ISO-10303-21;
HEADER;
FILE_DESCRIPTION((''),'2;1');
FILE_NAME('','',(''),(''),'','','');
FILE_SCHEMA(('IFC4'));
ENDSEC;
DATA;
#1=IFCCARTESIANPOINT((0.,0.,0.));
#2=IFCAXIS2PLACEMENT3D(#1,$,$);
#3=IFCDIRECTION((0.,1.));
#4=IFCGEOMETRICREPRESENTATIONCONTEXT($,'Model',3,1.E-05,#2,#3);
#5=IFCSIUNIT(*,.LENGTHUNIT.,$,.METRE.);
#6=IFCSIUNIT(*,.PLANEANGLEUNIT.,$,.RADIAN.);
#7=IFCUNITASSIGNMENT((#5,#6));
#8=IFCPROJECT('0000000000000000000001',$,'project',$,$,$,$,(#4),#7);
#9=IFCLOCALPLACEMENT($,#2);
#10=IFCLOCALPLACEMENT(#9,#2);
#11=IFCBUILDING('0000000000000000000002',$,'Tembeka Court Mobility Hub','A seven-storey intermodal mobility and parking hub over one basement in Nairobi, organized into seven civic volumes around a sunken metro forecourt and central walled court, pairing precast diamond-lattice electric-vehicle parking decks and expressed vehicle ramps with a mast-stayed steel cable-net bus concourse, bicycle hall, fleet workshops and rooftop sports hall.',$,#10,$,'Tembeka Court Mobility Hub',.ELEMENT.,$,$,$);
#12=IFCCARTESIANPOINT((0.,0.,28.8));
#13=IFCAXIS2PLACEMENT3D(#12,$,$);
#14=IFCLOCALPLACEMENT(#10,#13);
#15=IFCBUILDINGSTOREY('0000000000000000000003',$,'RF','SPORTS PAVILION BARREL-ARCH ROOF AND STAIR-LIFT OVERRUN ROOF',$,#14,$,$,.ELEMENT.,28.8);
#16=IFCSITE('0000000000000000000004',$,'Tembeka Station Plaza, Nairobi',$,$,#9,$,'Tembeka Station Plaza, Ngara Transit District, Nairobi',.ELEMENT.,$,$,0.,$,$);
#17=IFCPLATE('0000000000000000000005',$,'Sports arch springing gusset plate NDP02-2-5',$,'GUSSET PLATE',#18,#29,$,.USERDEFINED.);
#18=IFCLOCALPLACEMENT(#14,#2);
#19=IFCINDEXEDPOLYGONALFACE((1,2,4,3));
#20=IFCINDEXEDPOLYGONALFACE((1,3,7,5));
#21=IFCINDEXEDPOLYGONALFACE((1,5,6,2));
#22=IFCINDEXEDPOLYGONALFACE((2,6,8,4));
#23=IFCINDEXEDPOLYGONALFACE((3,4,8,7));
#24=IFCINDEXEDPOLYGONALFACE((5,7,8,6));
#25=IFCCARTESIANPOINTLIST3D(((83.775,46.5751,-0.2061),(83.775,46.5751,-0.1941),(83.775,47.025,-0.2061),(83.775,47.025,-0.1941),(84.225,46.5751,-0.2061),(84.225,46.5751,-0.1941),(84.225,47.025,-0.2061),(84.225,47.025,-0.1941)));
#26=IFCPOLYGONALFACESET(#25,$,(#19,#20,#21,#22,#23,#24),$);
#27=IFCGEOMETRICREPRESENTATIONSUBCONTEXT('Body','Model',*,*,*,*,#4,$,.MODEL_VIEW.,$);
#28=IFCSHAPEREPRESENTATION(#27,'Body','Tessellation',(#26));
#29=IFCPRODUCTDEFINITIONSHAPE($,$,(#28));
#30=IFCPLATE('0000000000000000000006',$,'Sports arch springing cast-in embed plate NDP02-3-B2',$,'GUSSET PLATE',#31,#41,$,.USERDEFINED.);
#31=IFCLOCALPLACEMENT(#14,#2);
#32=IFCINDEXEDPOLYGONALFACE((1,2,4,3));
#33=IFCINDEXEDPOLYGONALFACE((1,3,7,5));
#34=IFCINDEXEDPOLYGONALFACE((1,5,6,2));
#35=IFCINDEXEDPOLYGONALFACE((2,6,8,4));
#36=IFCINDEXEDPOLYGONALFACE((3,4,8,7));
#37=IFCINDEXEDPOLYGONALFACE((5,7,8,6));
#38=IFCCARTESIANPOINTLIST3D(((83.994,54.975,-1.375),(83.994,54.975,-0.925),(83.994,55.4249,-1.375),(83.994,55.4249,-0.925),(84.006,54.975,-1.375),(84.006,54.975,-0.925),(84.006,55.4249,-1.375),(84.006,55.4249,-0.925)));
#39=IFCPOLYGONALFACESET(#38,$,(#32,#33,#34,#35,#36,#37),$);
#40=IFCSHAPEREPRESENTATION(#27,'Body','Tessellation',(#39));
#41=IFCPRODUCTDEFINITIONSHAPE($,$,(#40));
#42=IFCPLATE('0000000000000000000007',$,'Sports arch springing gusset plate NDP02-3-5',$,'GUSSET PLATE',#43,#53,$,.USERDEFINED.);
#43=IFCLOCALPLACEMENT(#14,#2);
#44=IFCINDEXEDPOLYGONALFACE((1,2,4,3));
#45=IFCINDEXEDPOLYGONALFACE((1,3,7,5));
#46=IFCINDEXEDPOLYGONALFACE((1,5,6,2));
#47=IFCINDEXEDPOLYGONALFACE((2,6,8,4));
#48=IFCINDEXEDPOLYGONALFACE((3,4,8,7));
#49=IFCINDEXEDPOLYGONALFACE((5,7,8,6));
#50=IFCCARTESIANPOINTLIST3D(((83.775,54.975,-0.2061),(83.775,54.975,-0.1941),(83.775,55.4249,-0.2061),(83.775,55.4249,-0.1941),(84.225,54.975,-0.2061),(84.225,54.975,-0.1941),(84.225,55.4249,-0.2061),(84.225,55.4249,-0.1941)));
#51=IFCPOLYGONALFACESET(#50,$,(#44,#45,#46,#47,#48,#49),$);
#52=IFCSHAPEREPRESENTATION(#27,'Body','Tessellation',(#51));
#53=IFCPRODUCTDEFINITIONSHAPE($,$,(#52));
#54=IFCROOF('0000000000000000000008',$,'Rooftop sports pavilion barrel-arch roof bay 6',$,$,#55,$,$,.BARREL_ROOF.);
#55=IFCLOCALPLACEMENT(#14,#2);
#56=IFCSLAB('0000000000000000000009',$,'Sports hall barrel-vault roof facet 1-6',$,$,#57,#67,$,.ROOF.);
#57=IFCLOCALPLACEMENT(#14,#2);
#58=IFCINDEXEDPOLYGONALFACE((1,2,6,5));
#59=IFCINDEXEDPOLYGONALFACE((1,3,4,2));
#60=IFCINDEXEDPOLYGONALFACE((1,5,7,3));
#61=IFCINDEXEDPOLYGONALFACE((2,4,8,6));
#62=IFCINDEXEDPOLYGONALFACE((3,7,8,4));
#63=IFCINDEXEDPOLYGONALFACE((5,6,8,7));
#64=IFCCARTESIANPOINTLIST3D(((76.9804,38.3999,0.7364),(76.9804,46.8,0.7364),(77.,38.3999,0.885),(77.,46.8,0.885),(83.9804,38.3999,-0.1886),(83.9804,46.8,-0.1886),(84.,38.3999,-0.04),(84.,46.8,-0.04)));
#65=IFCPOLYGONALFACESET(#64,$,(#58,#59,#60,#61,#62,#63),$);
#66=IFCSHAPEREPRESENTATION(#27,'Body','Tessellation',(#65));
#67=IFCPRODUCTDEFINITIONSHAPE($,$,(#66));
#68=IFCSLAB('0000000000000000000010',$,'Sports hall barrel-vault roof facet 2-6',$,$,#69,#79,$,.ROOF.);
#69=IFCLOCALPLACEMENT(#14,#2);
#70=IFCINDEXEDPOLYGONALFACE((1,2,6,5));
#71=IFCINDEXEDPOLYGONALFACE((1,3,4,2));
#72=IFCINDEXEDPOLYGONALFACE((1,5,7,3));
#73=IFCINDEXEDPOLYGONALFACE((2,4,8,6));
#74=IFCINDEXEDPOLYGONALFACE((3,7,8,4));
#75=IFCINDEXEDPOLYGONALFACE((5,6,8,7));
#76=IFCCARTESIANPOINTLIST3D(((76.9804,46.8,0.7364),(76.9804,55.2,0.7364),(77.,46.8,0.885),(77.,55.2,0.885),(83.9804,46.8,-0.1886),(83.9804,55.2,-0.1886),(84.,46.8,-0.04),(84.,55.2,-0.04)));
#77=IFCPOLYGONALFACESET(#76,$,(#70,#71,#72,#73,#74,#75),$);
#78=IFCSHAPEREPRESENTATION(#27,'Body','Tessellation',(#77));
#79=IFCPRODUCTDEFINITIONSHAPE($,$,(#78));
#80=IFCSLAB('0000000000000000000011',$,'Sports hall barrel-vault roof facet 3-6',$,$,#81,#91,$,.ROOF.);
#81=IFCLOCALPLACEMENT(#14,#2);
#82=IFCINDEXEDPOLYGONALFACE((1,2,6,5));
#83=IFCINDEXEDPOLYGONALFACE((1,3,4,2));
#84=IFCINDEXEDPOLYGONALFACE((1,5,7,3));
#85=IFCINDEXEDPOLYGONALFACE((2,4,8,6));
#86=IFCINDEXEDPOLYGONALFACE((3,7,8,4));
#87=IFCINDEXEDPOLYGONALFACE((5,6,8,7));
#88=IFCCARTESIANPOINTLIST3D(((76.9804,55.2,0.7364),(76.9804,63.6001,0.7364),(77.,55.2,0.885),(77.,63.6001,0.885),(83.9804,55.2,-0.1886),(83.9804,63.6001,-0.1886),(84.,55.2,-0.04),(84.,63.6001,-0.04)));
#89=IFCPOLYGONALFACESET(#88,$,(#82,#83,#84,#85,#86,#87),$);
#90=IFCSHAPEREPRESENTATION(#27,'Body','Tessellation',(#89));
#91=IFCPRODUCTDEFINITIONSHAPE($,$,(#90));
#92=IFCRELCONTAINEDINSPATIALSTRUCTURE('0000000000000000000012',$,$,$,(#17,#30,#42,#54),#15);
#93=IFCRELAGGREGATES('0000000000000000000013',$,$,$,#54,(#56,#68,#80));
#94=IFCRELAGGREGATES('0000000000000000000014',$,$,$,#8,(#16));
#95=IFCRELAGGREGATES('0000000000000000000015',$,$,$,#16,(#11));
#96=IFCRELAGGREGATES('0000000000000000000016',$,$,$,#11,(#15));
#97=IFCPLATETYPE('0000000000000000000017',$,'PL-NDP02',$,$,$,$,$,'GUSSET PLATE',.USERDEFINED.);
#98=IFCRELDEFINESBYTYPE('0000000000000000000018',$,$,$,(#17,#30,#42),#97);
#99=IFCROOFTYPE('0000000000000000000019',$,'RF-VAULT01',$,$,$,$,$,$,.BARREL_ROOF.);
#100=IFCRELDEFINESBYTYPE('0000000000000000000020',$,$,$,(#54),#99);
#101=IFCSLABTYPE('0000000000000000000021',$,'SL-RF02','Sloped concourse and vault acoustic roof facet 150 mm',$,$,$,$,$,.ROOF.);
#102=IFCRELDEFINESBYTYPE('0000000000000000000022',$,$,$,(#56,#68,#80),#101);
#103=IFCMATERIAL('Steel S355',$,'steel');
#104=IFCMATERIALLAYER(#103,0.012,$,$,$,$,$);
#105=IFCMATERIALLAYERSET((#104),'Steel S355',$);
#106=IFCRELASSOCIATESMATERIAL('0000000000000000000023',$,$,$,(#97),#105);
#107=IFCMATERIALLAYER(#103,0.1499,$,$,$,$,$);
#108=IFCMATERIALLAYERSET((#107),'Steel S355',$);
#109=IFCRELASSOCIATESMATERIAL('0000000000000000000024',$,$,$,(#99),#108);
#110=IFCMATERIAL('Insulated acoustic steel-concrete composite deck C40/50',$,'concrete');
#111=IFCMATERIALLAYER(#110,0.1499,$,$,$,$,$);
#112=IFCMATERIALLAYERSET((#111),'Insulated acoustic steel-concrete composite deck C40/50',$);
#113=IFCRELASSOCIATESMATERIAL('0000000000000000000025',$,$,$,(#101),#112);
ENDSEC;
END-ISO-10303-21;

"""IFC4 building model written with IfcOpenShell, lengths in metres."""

from ifc_helpers import new_model, si_unit, direction, frame, origin, origin_2d, place, context, subcontext, project, spatial, polyline, rectangle, outline, extrude, material, layer, layer_set, type_object, element, aggregate, save


model = new_model("IFC4")

# Units and contexts
model_context = context("Model", 3, precision=1e-05, world=origin(), true_north=direction((0.0, 1.0)))
body_context = subcontext(model_context, "Body", "Model", "MODEL_VIEW")
ifc_project = project(units=[si_unit("LENGTHUNIT", "METRE"), si_unit("PLANEANGLEUNIT", "RADIAN")], contexts=[model_context])

# Site, building, storey
site_placement = place(None, origin())
site = spatial("IfcSite", under=ifc_project, at=site_placement, Name="Tembeka Station Plaza, Nairobi", LongName="Tembeka Station Plaza, Ngara Transit District, Nairobi", CompositionType="ELEMENT", RefElevation=0.0)
building_placement = place(site_placement, origin())
building = spatial("IfcBuilding", under=site, at=building_placement, Name="Tembeka Court Mobility Hub", Description="A seven-storey intermodal mobility and parking hub over one basement in Nairobi, organized into seven civic volumes around a sunken metro forecourt and central walled court, pairing precast diamond-lattice electric-vehicle parking decks and expressed vehicle ramps with a mast-stayed steel cable-net bus concourse, bicycle hall, fleet workshops and rooftop sports hall.", LongName="Tembeka Court Mobility Hub", CompositionType="ELEMENT")
storey_placement = place(building_placement, frame((0.0, 0.0, 28.8)))
storey = spatial("IfcBuildingStorey", under=building, at=storey_placement, Name="RF", Description="SPORTS PAVILION BARREL-ARCH ROOF AND STAIR-LIFT OVERRUN ROOF", CompositionType="ELEMENT", Elevation=28.8)

# Shared definitions
ifc_material_1 = material(Name="Steel S355", Category="steel")

# Plates
ifc_layer_1 = layer(ifc_material_1, 0.012)
ifc_layer_set_1 = layer_set([ifc_layer_1], Name="Steel S355")
plate_type = type_object("IfcPlateType", Name="PL-NDP02", ElementType="GUSSET PLATE", PredefinedType="USERDEFINED", material=ifc_layer_set_1)
plate_1_placement = place(storey_placement, frame((84.0, 46.8, -0.2061), z_axis=(0.0, 0.0, 1.0), x_axis=(1.0, 0.0, 0.0)))
element("IfcPlate", 1, at=plate_1_placement, inside=storey, type_object=plate_type, Name="Sports arch springing gusset plate NDP02-2-5", ObjectType="GUSSET PLATE", PredefinedType="USERDEFINED", context=body_context, shape_type="SweptSolid", body=[
    extrude(rectangle(XDim=0.45, YDim=0.45, at=origin_2d()), origin(), (0.0, 0.0, 1.0), 0.012),
])
plate_2_placement = place(storey_placement, frame((84.0, 55.2, -1.375), z_axis=(0.0, 0.0, 1.0), x_axis=(1.0, 0.0, 0.0)))
element("IfcPlate", 2, at=plate_2_placement, inside=storey, type_object=plate_type, Name="Sports arch springing cast-in embed plate NDP02-3-B2", ObjectType="GUSSET PLATE", PredefinedType="USERDEFINED", context=body_context, shape_type="SweptSolid", body=[
    extrude(rectangle(XDim=0.012, YDim=0.45, at=origin_2d()), origin(), (0.0, 0.0, 1.0), 0.45),
])
plate_3_placement = place(storey_placement, frame((84.0, 55.2, -0.2061), z_axis=(0.0, 0.0, 1.0), x_axis=(1.0, 0.0, 0.0)))
element("IfcPlate", 3, at=plate_3_placement, inside=storey, type_object=plate_type, Name="Sports arch springing gusset plate NDP02-3-5", ObjectType="GUSSET PLATE", PredefinedType="USERDEFINED", context=body_context, shape_type="SweptSolid", body=[
    extrude(rectangle(XDim=0.45, YDim=0.45, at=origin_2d()), origin(), (0.0, 0.0, 1.0), 0.012),
])

# Roof, slabs
ifc_layer_2 = layer(ifc_material_1, 0.1499)
ifc_layer_set_2 = layer_set([ifc_layer_2], Name="Steel S355")
roof_type = type_object("IfcRoofType", Name="RF-VAULT01", PredefinedType="BARREL_ROOF", material=ifc_layer_set_2)
roof_placement = place(storey_placement, origin())
roof = element("IfcRoof", 4, at=roof_placement, inside=storey, type_object=roof_type, Name="Rooftop sports pavilion barrel-arch roof bay 6", PredefinedType="BARREL_ROOF")
ifc_material_2 = material(Name="Insulated acoustic steel-concrete composite deck C40/50", Category="concrete")
ifc_layer_3 = layer(ifc_material_2, 0.1499)
ifc_layer_set_3 = layer_set([ifc_layer_3], Name="Insulated acoustic steel-concrete composite deck C40/50")
slab_type = type_object("IfcSlabType", Name="SL-RF02", Description="Sloped concourse and vault acoustic roof facet 150 mm", PredefinedType="ROOF", material=ifc_layer_set_3)
slab_1_placement = place(storey_placement, frame((77.0, 38.3999, 0.885), z_axis=(0.131011, 0.0, 0.991381), x_axis=(0.991381, 0.0, -0.131011)))
slab_1 = element("IfcSlab", 5, at=slab_1_placement, type_object=slab_type, Name="Sports hall barrel-vault roof facet 1-6", PredefinedType="ROOF", context=body_context, shape_type="SweptSolid", body=[
    extrude(outline(polyline([(0.0, 0.0), (7.0609, 0.0), (7.0609, 8.4001), (0.0, 8.4001), (0.0, 0.0)])), origin(), (0.0, 0.0, -1.0), 0.1499),
])
slab_2_placement = place(storey_placement, frame((77.0, 46.8, 0.885), z_axis=(0.131011, 0.0, 0.991381), x_axis=(0.991381, 0.0, -0.131011)))
slab_2 = element("IfcSlab", 6, at=slab_2_placement, type_object=slab_type, Name="Sports hall barrel-vault roof facet 2-6", PredefinedType="ROOF", context=body_context, shape_type="SweptSolid", body=[
    extrude(outline(polyline([(0.0, 0.0), (7.0609, 0.0), (7.0609, 8.3999), (0.0, 8.3999), (0.0, 0.0)])), origin(), (0.0, 0.0, -1.0), 0.1499),
])
slab_3_placement = place(storey_placement, frame((77.0, 55.2, 0.885), z_axis=(0.131011, 0.0, 0.991381), x_axis=(0.991381, 0.0, -0.131011)))
slab_3 = element("IfcSlab", 7, at=slab_3_placement, type_object=slab_type, Name="Sports hall barrel-vault roof facet 3-6", PredefinedType="ROOF", context=body_context, shape_type="SweptSolid", body=[
    extrude(outline(polyline([(0.0, 0.0), (7.0609, 0.0), (7.0609, 8.4001), (0.0, 8.4001), (0.0, 0.0)])), origin(), (0.0, 0.0, -1.0), 0.1499),
])
aggregate(roof, [slab_1, slab_2, slab_3])

save(model, "model.ifc")
